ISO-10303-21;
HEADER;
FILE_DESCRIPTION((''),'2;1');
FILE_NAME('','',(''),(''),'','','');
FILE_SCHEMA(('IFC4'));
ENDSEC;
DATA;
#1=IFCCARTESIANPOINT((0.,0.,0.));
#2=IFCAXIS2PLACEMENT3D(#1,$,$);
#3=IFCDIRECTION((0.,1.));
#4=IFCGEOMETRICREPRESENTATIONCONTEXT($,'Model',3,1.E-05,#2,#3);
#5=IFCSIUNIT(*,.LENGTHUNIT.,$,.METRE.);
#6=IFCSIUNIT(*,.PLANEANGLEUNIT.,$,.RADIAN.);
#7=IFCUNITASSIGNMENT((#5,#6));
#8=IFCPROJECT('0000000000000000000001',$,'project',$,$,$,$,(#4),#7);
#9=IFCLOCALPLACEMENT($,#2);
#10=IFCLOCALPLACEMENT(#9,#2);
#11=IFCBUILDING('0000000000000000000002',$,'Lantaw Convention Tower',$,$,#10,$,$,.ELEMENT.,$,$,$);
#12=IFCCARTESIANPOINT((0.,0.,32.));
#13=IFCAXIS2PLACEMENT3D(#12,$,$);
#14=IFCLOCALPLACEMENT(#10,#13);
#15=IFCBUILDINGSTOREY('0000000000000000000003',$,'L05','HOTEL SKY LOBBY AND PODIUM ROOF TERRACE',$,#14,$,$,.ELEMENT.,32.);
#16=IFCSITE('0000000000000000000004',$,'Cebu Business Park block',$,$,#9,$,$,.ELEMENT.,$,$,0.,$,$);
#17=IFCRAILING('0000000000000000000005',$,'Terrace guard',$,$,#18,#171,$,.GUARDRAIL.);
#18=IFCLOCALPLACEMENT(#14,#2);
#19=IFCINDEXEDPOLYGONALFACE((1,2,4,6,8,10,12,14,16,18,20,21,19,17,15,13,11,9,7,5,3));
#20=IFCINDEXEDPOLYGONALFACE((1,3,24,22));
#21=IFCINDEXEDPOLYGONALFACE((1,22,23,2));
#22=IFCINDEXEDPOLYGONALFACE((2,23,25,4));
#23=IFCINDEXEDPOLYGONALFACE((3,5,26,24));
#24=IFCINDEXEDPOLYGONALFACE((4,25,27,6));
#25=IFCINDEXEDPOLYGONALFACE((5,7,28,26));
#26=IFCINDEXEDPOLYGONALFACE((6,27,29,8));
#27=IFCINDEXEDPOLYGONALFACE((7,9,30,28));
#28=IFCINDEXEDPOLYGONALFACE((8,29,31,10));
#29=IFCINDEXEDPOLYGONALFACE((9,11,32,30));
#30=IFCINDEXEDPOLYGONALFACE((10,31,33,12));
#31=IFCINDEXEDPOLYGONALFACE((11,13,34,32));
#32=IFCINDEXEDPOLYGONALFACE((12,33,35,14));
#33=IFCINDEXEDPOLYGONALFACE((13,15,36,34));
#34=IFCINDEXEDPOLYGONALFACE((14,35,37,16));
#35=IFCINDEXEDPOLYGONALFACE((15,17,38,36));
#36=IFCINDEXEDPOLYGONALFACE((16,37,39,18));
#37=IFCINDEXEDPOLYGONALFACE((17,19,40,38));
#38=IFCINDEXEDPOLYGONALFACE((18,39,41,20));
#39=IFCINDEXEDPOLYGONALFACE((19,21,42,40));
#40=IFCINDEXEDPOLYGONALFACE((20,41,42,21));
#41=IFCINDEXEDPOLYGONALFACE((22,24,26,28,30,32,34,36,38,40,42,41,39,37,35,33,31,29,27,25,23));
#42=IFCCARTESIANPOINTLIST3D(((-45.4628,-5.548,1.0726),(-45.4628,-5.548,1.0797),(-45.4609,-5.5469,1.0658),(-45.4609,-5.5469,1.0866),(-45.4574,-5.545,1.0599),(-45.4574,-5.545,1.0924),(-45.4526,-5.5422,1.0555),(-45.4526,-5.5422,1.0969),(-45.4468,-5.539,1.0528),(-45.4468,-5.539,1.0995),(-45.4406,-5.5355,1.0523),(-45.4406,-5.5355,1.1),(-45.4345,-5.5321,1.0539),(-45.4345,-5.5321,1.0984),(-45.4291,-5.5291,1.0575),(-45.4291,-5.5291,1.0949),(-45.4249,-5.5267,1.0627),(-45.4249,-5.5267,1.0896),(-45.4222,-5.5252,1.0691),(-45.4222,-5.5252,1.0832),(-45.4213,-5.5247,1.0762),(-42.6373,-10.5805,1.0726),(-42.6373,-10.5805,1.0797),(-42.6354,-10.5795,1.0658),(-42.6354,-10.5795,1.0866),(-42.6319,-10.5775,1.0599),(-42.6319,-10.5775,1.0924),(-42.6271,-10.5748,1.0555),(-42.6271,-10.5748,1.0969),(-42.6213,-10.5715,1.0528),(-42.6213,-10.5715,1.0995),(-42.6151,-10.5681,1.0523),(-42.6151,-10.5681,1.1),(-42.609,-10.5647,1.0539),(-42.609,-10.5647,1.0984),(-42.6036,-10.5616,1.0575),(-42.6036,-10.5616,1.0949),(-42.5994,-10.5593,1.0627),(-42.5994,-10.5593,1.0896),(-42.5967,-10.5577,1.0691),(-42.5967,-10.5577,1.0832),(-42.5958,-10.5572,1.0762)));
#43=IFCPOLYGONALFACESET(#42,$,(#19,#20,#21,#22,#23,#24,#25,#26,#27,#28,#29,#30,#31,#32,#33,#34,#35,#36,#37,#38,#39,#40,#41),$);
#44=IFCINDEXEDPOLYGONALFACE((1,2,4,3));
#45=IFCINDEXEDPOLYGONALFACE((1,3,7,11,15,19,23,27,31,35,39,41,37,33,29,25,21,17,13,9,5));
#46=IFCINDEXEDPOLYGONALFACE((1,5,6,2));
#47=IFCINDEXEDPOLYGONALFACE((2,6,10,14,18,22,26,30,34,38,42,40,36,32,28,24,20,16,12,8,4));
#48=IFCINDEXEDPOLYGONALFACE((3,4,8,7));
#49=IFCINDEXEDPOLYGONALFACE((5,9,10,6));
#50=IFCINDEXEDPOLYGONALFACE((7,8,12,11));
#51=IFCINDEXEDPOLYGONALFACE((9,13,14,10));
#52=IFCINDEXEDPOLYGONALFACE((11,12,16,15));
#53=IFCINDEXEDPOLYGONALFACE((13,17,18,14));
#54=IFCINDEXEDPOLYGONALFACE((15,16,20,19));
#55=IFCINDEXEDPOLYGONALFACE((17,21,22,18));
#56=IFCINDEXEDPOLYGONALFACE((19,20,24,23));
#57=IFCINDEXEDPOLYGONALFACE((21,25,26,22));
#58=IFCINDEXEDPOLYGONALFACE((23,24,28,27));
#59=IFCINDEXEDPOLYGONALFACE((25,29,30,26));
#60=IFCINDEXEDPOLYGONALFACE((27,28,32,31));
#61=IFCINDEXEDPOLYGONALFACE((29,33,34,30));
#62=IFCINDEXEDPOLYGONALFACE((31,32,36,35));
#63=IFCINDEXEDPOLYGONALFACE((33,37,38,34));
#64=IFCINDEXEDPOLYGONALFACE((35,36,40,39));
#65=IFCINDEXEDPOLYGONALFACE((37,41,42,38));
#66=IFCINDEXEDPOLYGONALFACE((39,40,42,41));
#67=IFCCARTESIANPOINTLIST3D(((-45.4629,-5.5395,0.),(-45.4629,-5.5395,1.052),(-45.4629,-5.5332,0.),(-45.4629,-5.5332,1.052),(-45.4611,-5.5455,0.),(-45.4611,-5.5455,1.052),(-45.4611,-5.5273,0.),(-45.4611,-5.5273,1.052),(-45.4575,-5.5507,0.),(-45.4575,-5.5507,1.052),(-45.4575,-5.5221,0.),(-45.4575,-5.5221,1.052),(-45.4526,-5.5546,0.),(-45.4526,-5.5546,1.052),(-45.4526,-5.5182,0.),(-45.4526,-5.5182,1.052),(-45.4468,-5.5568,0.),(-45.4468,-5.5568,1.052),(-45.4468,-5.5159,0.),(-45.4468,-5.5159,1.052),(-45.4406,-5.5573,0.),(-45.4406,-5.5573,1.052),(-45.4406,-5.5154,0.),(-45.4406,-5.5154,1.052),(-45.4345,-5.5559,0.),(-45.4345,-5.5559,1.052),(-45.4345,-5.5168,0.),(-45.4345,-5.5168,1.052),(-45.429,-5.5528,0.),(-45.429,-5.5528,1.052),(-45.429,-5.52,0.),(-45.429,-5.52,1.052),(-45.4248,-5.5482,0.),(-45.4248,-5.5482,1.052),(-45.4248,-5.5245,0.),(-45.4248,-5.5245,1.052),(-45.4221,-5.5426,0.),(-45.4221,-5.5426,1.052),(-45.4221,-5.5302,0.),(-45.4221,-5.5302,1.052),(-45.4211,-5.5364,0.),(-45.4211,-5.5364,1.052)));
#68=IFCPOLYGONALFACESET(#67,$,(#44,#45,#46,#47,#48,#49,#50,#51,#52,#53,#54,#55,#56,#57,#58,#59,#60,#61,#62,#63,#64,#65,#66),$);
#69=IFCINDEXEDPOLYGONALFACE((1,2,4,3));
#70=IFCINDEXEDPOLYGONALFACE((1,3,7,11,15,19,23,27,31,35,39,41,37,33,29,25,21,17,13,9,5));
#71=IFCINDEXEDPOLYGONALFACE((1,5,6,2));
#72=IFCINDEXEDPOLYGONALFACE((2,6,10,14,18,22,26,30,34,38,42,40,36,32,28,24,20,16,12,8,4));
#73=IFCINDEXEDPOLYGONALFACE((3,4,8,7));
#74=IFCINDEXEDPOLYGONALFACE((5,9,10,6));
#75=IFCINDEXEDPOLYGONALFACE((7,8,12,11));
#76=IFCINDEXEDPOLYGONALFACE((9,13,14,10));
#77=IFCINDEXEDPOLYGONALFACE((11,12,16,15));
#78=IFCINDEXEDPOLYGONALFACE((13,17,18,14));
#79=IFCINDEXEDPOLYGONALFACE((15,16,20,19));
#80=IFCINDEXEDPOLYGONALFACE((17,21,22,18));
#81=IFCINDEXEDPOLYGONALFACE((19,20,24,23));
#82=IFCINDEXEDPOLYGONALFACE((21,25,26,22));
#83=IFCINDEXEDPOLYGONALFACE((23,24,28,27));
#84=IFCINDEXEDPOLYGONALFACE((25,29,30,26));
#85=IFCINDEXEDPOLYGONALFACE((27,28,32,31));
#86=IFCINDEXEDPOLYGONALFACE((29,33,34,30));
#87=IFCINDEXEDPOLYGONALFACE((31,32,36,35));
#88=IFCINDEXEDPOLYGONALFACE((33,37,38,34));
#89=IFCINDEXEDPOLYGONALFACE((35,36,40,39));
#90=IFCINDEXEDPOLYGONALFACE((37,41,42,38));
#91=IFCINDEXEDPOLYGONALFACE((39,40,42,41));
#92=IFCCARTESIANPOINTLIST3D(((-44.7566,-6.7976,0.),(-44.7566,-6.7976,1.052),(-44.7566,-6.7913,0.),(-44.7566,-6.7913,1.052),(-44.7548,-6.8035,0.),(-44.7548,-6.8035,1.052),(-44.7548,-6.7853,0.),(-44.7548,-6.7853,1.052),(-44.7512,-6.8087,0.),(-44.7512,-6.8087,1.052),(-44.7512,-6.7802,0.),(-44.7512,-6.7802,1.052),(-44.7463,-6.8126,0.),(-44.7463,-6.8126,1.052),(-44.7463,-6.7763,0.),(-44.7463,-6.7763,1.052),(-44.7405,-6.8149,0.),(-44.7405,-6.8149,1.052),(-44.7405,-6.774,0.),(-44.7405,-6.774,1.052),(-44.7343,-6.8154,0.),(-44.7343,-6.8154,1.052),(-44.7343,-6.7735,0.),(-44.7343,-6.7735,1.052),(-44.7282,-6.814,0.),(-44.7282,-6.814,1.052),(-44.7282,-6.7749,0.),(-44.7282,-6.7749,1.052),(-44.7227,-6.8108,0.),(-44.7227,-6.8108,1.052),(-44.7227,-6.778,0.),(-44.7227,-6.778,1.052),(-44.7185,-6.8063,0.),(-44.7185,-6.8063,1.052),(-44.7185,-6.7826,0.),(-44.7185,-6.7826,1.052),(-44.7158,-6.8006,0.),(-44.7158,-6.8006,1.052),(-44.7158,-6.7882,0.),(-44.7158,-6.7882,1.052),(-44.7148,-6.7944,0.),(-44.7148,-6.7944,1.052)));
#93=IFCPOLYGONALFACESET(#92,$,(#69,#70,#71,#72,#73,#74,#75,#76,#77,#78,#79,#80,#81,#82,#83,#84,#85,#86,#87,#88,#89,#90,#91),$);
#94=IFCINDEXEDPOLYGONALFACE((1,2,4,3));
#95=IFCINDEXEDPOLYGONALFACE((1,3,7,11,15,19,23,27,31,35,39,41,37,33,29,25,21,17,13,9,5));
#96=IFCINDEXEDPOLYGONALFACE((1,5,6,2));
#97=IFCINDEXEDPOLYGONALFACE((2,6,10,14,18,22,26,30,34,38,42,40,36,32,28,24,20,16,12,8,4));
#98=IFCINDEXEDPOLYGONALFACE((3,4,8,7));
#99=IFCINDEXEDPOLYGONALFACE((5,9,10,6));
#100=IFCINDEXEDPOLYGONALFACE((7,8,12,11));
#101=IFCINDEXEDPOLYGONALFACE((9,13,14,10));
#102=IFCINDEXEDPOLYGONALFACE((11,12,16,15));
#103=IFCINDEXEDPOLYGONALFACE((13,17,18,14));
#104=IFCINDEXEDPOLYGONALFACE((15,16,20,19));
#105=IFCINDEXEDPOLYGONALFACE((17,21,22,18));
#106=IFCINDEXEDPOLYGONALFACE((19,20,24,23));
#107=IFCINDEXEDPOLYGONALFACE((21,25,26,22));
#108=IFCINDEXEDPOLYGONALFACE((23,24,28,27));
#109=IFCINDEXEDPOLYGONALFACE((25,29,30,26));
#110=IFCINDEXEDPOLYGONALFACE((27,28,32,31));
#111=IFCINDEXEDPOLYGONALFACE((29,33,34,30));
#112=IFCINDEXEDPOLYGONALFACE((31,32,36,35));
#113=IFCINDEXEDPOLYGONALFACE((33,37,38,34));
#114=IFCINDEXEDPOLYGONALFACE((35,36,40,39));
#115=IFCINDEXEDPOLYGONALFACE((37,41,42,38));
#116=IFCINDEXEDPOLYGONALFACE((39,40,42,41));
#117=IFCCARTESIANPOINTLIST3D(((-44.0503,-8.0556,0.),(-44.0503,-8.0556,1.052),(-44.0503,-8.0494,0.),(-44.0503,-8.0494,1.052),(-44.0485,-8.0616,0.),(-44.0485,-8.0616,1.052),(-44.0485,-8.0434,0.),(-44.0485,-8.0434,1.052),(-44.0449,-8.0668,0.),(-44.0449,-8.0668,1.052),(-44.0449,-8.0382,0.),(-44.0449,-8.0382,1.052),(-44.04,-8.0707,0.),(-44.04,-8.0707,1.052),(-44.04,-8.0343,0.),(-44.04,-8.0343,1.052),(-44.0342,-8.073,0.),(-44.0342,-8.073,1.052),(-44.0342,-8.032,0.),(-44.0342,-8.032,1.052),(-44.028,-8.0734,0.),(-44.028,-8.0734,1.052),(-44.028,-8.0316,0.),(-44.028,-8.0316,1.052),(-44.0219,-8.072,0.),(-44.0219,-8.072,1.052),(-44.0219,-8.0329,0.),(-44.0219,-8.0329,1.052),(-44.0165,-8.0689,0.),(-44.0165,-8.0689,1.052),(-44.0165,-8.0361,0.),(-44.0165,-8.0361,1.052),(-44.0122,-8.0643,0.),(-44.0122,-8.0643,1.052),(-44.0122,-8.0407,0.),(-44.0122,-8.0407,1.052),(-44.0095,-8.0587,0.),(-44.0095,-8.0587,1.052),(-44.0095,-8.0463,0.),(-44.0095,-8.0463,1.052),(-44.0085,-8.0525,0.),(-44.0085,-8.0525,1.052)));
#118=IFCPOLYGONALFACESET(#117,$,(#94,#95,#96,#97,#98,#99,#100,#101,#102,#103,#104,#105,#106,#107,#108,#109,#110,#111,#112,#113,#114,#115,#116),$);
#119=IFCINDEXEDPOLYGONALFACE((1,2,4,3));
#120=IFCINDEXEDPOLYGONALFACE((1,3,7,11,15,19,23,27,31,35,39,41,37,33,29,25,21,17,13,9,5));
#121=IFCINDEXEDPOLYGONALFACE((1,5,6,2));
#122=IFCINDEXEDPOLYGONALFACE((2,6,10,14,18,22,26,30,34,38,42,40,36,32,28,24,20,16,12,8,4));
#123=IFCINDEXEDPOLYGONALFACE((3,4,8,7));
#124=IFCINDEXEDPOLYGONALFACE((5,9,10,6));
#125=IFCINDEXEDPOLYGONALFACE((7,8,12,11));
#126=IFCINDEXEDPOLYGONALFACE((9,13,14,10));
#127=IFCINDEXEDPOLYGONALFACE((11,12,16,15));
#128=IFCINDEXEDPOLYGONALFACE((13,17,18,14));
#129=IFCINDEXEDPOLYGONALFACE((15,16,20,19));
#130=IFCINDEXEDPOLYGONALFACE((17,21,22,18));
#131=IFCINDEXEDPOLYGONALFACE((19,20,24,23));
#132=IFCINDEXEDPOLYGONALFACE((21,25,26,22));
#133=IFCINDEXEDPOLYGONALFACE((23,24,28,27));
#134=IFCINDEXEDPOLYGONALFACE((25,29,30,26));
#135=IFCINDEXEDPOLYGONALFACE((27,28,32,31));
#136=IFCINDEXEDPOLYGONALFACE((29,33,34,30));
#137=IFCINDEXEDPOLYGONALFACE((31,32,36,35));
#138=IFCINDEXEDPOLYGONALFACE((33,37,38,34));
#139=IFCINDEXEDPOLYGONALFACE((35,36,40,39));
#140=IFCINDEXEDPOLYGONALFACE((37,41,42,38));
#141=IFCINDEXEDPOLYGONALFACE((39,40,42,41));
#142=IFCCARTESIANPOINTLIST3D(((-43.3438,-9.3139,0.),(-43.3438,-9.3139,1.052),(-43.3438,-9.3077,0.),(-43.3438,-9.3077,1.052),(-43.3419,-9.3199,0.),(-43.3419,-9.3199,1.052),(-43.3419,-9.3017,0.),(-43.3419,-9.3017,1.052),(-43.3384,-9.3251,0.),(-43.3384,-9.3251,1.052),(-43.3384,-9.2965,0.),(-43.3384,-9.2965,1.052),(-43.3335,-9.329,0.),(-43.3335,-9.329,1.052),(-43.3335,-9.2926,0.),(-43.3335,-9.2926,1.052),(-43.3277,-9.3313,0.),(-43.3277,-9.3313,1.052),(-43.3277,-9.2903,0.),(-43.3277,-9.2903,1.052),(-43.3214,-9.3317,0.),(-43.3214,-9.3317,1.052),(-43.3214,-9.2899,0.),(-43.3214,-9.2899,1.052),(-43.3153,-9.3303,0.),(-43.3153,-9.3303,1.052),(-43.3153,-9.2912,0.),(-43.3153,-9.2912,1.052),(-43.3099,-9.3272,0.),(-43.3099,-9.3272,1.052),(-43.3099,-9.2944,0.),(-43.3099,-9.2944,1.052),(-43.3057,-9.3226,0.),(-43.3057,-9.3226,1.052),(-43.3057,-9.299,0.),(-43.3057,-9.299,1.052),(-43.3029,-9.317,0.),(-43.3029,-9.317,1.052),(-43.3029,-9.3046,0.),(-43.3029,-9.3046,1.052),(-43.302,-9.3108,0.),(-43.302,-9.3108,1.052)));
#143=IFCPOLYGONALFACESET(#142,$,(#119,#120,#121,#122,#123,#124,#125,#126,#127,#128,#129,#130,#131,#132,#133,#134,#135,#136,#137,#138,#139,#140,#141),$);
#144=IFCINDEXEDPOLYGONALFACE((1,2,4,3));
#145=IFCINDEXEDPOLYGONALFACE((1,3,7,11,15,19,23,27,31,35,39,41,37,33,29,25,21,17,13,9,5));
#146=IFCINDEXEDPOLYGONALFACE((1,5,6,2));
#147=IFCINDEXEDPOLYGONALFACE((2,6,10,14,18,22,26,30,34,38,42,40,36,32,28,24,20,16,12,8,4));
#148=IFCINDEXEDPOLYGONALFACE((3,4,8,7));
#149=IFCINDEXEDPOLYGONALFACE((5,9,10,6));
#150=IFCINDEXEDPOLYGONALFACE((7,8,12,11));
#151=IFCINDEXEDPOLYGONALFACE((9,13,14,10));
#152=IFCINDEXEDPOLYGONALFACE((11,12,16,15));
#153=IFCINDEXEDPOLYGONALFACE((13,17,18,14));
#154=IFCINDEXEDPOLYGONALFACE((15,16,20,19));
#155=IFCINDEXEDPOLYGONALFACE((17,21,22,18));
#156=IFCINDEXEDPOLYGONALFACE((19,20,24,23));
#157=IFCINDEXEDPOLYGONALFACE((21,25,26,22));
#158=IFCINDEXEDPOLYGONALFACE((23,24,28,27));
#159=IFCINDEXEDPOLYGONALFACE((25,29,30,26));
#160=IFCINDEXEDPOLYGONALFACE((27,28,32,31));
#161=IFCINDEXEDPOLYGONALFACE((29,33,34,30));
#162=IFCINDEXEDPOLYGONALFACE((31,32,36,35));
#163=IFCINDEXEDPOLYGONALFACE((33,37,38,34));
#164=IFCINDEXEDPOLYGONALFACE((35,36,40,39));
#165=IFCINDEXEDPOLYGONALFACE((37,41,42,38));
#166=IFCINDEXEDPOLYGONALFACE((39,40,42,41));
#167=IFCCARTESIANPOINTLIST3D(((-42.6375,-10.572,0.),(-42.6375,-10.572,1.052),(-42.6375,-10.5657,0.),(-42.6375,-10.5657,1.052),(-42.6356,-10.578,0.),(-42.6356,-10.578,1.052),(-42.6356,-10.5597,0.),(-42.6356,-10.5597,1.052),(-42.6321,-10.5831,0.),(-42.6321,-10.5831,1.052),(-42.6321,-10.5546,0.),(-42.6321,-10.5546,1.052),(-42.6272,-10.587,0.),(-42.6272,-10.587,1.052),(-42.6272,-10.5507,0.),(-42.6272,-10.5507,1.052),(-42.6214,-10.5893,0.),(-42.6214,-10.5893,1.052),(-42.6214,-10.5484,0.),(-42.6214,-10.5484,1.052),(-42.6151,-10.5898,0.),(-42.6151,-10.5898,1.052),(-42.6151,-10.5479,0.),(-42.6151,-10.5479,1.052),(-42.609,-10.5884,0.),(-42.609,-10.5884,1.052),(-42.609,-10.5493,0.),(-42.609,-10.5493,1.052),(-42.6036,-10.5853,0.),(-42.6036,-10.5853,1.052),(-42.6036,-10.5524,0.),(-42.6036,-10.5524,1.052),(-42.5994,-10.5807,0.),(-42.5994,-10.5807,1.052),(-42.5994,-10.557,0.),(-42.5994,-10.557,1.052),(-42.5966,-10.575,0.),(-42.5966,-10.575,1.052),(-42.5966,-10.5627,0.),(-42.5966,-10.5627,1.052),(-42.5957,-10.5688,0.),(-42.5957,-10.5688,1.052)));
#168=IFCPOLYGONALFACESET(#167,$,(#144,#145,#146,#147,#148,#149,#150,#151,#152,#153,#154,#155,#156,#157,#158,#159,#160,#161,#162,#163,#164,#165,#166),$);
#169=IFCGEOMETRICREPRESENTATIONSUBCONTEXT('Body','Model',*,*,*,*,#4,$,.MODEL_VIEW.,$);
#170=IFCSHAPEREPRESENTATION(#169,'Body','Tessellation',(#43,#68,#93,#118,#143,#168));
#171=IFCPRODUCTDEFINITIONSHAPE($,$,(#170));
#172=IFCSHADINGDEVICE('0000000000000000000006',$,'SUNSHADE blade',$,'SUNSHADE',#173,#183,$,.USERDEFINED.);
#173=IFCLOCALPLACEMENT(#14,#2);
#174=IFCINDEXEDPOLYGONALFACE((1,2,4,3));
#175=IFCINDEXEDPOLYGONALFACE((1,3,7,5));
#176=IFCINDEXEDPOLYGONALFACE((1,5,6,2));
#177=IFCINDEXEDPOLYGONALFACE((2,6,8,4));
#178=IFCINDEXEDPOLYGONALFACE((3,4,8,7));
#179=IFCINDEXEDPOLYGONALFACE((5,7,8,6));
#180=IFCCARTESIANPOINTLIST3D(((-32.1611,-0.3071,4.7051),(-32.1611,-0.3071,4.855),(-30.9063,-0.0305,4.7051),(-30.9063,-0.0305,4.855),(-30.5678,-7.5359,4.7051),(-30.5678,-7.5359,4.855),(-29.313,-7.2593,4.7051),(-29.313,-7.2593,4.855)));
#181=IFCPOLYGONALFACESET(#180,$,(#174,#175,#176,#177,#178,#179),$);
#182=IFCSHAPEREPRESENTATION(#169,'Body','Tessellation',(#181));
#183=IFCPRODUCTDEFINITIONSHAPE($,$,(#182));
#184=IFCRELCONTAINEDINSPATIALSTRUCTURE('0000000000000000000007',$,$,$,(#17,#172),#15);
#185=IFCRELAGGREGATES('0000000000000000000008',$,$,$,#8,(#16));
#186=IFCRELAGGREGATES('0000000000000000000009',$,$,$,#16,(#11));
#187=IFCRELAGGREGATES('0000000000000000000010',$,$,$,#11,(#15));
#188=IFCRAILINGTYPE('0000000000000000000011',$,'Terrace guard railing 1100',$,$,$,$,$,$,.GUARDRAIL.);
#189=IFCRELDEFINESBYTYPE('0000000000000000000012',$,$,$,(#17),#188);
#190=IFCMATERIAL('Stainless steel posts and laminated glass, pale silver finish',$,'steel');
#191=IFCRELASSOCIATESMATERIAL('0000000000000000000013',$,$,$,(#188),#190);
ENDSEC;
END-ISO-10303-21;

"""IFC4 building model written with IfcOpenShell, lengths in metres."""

from ifc_helpers import new_model, si_unit, direction, frame, origin, origin_2d, place, context, subcontext, project, spatial, rectangle, circle, extrude, material, type_object, element, save


model = new_model("IFC4")

# Units and contexts
model_context = context("Model", 3, precision=1e-05, world=origin(), true_north=direction((0.0, 1.0)))
body_context = subcontext(model_context, "Body", "Model", "MODEL_VIEW")
ifc_project = project(units=[si_unit("LENGTHUNIT", "METRE"), si_unit("PLANEANGLEUNIT", "RADIAN")], contexts=[model_context])

# Site, building, storey
site_placement = place(None, origin())
site = spatial("IfcSite", under=ifc_project, at=site_placement, Name="Cebu Business Park block", CompositionType="ELEMENT", RefElevation=0.0)
building_placement = place(site_placement, origin())
building = spatial("IfcBuilding", under=site, at=building_placement, Name="Lantaw Convention Tower", CompositionType="ELEMENT")
storey_placement = place(building_placement, frame((0.0, 0.0, 32.0)))
storey = spatial("IfcBuildingStorey", under=building, at=storey_placement, Name="L05", Description="HOTEL SKY LOBBY AND PODIUM ROOF TERRACE", CompositionType="ELEMENT", Elevation=32.0)

# Railing
ifc_material_1 = material(Name="Stainless steel posts and laminated glass, pale silver finish", Category="steel")
railing_type_1 = type_object("IfcRailingType", Name="Terrace guard railing 1100", PredefinedType="GUARDRAIL", material=ifc_material_1)
railing_1_placement = place(storey_placement, frame((-45.4421, -5.5364, 0.0)))
element("IfcRailing", 1, at=railing_1_placement, inside=storey, type_object=railing_type_1, Name="Terrace guard", PredefinedType="GUARDRAIL", context=body_context, shape_type="SweptSolid", body=[
    extrude(circle(Radius=0.0239, at=origin_2d()), frame((0.0, 0.0, 1.0762), z_axis=(0.48956, -0.87197, 0.0), x_axis=(0.87197, 0.48956, 0.0)), (0.0, 0.0, 1.0), 5.7715),
    extrude(circle(Radius=0.021, at=origin_2d()), origin(), (0.0, 0.0, 1.0), 1.052),
    extrude(circle(Radius=0.021, at=origin_2d()), frame((0.7063, -1.2581, 0.0)), (0.0, 0.0, 1.0), 1.052),
    extrude(circle(Radius=0.021, at=origin_2d()), frame((1.4126, -2.5161, 0.0)), (0.0, 0.0, 1.0), 1.052),
    extrude(circle(Radius=0.021, at=origin_2d()), frame((2.1191, -3.7744, 0.0)), (0.0, 0.0, 1.0), 1.052),
    extrude(circle(Radius=0.021, at=origin_2d()), frame((2.8254, -5.0325, 0.0)), (0.0, 0.0, 1.0), 1.052),
])

# Shading device
shading_device_placement = place(storey_placement, frame((-30.7371, -3.7832, 4.7051), z_axis=(0.0, 0.0, 1.0), x_axis=(0.215246, -0.97656, 0.0)))
element("IfcShadingDevice", 2, at=shading_device_placement, inside=storey, Name="SUNSHADE blade", ObjectType="SUNSHADE", PredefinedType="USERDEFINED", context=body_context, shape_type="SweptSolid", body=[
    extrude(rectangle(XDim=7.4023, YDim=1.2849, at=origin_2d()), origin(), (0.0, 0.0, 1.0), 0.1499),
])

save(model, "model.ifc")
